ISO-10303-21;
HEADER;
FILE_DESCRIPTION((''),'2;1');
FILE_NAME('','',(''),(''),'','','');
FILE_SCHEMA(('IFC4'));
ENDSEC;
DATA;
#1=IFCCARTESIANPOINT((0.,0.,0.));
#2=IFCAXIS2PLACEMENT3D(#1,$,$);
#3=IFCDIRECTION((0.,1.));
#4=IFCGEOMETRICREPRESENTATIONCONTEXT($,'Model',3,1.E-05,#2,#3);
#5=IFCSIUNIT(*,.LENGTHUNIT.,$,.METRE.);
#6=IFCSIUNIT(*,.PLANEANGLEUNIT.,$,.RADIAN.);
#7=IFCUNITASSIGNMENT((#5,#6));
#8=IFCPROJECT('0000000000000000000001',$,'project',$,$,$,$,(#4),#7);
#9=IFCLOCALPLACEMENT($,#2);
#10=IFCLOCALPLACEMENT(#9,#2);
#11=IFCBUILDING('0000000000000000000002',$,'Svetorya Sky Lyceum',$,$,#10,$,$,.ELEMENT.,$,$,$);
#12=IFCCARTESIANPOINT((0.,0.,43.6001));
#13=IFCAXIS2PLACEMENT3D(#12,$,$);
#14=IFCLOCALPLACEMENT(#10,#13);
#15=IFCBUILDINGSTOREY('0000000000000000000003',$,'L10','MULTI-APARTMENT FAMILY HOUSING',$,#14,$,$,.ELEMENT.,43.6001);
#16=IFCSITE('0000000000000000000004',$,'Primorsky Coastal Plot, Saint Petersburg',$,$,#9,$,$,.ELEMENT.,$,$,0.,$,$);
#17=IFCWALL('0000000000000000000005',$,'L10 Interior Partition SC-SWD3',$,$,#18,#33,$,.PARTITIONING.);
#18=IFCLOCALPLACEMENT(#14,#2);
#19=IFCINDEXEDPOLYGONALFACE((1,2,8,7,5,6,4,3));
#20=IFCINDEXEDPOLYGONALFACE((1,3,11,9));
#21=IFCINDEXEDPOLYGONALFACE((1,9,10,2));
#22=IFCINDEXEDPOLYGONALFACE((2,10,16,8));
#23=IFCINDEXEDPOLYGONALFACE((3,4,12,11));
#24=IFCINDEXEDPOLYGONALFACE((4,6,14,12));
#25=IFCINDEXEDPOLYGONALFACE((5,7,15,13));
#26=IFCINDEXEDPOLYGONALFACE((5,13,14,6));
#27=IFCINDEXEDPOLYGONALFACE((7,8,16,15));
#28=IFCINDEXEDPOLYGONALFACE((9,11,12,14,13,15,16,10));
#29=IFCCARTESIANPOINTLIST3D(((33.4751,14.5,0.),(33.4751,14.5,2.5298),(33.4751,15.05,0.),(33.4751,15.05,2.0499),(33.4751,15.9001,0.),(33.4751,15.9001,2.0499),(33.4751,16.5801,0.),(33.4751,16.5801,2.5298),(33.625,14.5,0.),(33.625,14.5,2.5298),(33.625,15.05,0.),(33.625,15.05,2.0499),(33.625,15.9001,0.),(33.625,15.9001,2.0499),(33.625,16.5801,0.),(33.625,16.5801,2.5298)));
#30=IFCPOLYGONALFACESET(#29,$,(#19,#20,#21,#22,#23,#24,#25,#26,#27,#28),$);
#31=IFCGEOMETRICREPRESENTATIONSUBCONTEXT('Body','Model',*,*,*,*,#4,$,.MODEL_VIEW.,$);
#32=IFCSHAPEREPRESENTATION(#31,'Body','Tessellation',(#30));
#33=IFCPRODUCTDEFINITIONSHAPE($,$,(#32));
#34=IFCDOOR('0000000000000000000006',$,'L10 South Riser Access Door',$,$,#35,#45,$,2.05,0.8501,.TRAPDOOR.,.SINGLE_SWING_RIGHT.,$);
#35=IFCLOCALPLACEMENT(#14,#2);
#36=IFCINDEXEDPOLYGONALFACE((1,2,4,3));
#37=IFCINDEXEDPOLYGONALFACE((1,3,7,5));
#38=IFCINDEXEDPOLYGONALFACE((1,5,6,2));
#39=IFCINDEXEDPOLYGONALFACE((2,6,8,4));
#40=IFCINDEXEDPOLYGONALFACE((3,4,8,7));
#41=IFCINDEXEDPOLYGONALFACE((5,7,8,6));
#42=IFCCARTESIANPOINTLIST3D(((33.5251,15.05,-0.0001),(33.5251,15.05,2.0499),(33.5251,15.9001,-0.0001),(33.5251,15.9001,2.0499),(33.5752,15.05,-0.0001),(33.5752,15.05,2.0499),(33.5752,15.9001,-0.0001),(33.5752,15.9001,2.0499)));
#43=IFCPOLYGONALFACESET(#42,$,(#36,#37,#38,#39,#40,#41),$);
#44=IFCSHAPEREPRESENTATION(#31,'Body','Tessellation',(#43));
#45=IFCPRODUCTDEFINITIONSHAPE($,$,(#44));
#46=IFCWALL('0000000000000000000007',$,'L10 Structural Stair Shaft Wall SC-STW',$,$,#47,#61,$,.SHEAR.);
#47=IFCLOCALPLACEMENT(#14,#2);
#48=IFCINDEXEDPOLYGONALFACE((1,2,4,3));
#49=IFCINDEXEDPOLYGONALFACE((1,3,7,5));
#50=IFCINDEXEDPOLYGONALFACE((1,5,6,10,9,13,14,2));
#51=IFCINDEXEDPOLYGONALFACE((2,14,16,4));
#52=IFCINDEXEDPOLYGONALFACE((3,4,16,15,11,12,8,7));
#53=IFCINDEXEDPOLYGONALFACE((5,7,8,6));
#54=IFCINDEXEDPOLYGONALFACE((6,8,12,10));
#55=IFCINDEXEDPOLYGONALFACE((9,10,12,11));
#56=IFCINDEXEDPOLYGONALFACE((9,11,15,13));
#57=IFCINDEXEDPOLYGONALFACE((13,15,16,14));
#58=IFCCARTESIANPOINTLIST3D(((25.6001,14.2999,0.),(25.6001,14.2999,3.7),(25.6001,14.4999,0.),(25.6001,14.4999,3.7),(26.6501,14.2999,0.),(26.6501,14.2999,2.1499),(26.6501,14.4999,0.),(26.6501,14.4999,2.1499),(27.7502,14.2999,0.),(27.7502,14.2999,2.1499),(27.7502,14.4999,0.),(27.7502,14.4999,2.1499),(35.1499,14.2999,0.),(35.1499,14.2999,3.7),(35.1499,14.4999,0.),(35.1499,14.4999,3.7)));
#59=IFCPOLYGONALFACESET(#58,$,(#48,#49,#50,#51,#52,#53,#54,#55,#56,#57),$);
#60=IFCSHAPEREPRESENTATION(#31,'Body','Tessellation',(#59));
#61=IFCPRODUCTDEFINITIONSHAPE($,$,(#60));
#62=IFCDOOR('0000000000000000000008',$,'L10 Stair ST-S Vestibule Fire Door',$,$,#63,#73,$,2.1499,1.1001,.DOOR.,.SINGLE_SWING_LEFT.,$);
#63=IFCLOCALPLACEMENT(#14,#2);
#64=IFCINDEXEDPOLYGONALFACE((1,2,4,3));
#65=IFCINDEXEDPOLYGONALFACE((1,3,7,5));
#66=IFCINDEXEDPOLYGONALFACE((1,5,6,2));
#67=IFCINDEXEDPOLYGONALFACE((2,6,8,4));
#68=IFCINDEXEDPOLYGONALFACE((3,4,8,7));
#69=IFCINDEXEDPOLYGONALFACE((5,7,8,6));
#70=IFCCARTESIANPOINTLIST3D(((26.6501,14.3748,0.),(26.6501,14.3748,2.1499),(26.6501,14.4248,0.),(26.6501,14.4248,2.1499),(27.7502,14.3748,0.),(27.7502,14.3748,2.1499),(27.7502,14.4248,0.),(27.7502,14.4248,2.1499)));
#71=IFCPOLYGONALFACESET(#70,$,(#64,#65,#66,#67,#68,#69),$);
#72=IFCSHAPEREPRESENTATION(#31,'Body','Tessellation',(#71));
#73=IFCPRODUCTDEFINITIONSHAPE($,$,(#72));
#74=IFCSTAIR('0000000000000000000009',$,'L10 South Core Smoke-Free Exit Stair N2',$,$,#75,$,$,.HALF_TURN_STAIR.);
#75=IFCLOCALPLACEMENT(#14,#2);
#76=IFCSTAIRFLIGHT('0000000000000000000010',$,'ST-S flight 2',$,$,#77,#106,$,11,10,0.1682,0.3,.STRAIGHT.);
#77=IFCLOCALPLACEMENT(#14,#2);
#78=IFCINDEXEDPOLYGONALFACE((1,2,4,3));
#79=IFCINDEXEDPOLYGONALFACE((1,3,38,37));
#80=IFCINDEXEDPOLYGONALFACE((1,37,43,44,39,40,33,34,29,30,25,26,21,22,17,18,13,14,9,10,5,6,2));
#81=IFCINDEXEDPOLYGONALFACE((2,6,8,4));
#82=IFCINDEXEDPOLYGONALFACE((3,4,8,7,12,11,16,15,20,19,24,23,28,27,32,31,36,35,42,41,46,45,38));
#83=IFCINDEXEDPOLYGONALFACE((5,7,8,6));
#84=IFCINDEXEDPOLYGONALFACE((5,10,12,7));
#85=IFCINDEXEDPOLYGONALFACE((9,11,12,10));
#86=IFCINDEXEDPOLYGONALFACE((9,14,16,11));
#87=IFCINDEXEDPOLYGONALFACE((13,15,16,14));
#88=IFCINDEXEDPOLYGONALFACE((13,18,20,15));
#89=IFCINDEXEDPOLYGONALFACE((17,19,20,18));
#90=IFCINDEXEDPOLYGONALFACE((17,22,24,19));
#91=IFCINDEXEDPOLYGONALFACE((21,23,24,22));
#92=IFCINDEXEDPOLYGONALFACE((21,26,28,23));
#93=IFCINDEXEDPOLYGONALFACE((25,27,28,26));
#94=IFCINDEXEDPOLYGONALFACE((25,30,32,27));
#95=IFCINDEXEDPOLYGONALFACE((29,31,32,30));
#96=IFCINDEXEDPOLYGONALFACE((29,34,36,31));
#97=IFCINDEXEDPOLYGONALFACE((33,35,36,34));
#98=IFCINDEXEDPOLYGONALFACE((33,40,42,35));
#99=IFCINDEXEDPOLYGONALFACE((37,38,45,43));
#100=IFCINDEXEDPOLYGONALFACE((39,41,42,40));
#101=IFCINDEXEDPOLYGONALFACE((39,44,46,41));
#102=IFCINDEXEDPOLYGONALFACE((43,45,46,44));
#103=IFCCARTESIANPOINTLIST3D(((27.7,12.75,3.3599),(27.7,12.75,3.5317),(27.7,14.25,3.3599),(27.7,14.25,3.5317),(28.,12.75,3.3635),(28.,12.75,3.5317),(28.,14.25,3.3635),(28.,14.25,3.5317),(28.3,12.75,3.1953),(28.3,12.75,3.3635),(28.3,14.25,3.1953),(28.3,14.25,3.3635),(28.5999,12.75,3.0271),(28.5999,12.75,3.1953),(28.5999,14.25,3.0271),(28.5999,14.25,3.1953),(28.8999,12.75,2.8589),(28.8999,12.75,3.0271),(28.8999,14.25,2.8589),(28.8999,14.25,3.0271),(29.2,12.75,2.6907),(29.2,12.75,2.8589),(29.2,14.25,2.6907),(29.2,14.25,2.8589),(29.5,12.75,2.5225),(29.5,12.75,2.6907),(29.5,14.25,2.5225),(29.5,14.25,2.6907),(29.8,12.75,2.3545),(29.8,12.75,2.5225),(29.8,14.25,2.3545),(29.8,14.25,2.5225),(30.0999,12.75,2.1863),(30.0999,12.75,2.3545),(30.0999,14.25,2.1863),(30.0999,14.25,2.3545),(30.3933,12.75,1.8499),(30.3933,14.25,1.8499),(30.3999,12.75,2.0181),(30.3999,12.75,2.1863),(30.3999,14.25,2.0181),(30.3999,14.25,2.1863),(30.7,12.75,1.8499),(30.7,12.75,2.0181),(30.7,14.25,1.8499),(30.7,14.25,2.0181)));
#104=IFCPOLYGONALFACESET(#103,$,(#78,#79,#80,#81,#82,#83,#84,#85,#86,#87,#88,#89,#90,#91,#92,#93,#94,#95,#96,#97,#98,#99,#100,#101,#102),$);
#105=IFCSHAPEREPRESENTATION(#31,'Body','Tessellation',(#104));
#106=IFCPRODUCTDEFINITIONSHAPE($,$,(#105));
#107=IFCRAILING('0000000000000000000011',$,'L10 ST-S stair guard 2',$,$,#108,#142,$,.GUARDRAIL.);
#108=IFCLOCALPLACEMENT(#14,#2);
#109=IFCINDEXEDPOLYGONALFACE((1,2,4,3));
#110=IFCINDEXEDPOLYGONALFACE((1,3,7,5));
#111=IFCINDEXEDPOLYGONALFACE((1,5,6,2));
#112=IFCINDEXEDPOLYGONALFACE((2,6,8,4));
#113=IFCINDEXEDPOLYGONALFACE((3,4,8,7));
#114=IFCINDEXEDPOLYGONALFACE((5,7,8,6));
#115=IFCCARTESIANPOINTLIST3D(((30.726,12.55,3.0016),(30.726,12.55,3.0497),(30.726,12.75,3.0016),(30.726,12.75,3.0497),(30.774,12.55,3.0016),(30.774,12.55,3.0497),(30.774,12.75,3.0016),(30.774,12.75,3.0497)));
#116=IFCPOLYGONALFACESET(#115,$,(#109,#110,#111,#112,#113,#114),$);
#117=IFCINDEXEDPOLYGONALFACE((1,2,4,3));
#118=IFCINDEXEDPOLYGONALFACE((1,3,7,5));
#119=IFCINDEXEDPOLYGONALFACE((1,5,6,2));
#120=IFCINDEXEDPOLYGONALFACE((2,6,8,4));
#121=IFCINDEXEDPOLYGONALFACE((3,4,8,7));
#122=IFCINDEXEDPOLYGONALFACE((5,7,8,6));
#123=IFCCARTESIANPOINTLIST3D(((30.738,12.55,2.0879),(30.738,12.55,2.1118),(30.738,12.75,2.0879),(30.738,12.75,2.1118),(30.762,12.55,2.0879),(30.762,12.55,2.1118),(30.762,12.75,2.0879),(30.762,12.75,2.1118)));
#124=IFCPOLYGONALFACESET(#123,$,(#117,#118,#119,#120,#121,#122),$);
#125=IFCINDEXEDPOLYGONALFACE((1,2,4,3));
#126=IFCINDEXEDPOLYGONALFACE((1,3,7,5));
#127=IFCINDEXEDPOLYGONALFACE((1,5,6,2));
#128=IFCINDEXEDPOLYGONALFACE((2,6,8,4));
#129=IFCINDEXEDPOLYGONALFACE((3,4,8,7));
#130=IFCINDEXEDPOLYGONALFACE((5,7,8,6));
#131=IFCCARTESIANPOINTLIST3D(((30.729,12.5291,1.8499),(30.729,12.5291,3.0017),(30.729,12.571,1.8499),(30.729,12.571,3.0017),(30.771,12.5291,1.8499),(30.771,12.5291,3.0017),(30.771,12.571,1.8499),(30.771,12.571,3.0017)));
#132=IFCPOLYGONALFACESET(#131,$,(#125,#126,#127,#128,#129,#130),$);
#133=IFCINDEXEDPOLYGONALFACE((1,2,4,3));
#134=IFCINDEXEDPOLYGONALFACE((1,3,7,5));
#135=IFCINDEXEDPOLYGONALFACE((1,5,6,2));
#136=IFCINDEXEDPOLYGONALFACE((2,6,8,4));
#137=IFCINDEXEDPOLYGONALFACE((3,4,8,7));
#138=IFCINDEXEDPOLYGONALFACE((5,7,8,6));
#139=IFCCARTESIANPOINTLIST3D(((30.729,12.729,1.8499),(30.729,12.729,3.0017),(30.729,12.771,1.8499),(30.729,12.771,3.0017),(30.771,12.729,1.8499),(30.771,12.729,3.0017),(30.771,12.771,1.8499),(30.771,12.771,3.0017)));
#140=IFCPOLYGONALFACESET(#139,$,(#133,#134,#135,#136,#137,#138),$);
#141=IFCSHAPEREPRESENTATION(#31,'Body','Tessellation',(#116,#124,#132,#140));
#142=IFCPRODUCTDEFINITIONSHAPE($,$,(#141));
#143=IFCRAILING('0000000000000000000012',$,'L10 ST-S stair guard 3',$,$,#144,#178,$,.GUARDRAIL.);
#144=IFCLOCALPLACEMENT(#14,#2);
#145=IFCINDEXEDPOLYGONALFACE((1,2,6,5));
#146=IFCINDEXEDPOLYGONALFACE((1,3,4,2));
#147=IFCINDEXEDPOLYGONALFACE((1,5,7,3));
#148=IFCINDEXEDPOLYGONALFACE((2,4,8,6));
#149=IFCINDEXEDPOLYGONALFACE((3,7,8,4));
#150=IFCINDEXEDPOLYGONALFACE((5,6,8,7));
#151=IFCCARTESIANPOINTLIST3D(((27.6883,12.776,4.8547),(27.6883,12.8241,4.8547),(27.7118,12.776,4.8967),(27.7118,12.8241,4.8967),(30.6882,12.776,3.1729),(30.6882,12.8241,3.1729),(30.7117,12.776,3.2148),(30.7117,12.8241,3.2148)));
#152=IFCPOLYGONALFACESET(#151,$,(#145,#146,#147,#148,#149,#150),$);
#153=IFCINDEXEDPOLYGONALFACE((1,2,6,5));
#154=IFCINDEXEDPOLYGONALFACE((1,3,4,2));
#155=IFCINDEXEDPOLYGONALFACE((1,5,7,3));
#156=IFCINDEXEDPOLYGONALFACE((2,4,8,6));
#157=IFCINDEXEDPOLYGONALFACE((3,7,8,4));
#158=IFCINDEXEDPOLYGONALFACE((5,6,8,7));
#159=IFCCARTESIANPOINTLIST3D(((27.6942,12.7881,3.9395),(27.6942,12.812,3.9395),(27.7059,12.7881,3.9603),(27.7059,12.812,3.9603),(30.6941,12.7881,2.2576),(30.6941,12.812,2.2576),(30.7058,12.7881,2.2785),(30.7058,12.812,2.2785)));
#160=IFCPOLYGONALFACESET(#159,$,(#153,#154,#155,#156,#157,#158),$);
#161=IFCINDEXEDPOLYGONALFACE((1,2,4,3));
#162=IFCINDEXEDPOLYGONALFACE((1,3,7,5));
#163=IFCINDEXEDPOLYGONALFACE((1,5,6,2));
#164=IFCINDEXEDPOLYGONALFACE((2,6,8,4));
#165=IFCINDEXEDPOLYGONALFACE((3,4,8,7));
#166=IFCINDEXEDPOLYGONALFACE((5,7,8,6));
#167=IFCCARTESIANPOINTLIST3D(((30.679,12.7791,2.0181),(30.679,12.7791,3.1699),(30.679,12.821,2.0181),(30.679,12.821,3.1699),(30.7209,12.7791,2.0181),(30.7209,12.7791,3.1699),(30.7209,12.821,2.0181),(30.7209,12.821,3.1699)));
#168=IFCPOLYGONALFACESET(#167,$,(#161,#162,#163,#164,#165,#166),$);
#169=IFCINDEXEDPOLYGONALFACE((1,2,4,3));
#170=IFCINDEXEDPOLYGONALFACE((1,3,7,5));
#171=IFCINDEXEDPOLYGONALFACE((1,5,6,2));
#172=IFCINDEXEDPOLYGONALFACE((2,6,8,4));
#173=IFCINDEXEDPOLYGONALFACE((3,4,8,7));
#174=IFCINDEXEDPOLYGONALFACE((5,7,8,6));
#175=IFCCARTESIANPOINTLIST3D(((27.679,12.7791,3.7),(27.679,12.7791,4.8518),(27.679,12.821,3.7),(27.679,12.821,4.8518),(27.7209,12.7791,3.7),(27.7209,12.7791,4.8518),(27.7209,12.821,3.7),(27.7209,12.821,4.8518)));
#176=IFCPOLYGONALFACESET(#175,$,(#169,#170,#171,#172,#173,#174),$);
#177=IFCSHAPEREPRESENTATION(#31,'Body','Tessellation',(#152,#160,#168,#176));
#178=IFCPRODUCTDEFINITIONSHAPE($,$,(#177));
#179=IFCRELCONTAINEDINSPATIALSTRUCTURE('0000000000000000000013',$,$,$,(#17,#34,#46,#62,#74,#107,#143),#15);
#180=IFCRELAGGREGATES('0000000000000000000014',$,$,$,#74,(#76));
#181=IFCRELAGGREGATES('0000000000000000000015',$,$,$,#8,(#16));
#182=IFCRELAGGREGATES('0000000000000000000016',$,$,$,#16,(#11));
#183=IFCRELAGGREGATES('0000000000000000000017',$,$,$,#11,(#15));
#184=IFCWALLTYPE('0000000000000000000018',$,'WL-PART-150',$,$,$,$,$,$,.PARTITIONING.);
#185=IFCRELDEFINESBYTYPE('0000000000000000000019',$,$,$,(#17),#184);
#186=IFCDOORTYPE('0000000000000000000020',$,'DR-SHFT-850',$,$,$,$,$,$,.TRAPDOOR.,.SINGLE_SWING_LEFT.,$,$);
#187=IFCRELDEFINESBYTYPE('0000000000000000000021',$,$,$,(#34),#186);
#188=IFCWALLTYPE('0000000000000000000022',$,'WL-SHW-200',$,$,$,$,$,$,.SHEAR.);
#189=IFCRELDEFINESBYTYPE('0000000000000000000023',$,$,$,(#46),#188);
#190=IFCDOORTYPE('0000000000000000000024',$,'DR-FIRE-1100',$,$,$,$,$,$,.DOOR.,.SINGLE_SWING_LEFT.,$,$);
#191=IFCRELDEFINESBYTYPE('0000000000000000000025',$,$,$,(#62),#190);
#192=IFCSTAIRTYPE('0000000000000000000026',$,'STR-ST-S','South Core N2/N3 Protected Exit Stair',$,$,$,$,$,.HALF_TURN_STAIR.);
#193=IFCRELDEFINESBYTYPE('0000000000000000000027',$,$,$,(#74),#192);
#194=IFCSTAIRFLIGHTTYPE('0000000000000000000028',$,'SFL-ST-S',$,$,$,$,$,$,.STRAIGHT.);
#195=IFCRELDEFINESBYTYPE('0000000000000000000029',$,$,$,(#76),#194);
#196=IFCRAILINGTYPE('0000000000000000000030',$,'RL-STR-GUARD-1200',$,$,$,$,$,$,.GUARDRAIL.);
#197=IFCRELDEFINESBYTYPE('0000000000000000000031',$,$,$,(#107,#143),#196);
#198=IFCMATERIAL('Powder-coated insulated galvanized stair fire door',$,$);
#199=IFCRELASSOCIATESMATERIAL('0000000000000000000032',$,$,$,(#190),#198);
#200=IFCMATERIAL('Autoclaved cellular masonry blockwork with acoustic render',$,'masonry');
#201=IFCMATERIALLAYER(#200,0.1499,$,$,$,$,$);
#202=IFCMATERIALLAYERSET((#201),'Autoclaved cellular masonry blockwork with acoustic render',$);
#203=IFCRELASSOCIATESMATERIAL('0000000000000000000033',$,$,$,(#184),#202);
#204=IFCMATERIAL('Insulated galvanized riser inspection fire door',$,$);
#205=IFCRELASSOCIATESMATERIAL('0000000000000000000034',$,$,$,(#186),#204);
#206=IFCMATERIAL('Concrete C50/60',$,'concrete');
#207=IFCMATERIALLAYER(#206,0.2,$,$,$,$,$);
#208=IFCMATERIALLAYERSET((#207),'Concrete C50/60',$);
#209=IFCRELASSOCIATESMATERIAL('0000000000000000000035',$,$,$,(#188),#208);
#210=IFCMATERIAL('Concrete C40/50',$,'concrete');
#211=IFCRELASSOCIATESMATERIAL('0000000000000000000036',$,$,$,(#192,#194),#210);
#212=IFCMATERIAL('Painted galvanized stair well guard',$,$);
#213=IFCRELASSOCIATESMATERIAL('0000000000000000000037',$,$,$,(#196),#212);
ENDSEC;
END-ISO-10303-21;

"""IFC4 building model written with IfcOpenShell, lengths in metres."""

from ifc_helpers import new_model, si_unit, direction, frame, frame_2d, origin, origin_2d, place, context, subcontext, project, spatial, polyline, rectangle, outline, extrude, material, layer, layer_set, type_object, element, fill, aggregate, save


model = new_model("IFC4")

# Units and contexts
model_context = context("Model", 3, precision=1e-05, world=origin(), true_north=direction((0.0, 1.0)))
body_context = subcontext(model_context, "Body", "Model", "MODEL_VIEW")
ifc_project = project(units=[si_unit("LENGTHUNIT", "METRE"), si_unit("PLANEANGLEUNIT", "RADIAN")], contexts=[model_context])

# Site, building, storey
site_placement = place(None, origin())
site = spatial("IfcSite", under=ifc_project, at=site_placement, Name="Primorsky Coastal Plot, Saint Petersburg", CompositionType="ELEMENT", RefElevation=0.0)
building_placement = place(site_placement, origin())
building = spatial("IfcBuilding", under=site, at=building_placement, Name="Svetorya Sky Lyceum", CompositionType="ELEMENT")
storey_placement = place(building_placement, frame((0.0, 0.0, 43.6001)))
storey = spatial("IfcBuildingStorey", under=building, at=storey_placement, Name="L10", Description="MULTI-APARTMENT FAMILY HOUSING", CompositionType="ELEMENT", Elevation=43.6001)

# Shared definitions
ifc_material_1 = material(Name="Concrete C50/60", Category="concrete")

# Shared definitions
ifc_material_2 = material(Name="Powder-coated insulated galvanized stair fire door")
door_type_1 = type_object("IfcDoorType", Name="DR-FIRE-1100", OperationType="SINGLE_SWING_LEFT", PredefinedType="DOOR", material=ifc_material_2)

# Shared definitions
ifc_material_3 = material(Name="Autoclaved cellular masonry blockwork with acoustic render", Category="masonry")
ifc_layer_1 = layer(ifc_material_3, 0.1499)
ifc_layer_set_1 = layer_set([ifc_layer_1], Name="Autoclaved cellular masonry blockwork with acoustic render")
wall_type_1 = type_object("IfcWallType", Name="WL-PART-150", PredefinedType="PARTITIONING", material=ifc_layer_set_1)

# Walls, openings, doors
wall_1_placement = place(storey_placement, frame((33.55, 14.5, 0.0), z_axis=(0.0, 0.0, 1.0), x_axis=(0.0, 1.0, 0.0)))
wall_1 = element("IfcWall", 1, at=wall_1_placement, inside=storey, type_object=wall_type_1, Name="L10 Interior Partition SC-SWD3", PredefinedType="PARTITIONING", context=body_context, shape_type="SweptSolid", body=[
    extrude(rectangle(XDim=2.0801, YDim=0.1499, at=frame_2d((1.04, 0.0))), origin(), (0.0, 0.0, 1.0), 2.5298),
])
opening_1_placement = place(wall_1_placement, frame((0.55, 0.0, 0.0)))
opening_1 = element("IfcOpeningElement", 2, at=opening_1_placement, cuts=wall_1, PredefinedType="OPENING", context=body_context, shape_type="SweptSolid", body=[
    extrude(rectangle(XDim=0.8501, YDim=2.05, at=frame_2d((0.425, 1.0249))), frame((0.0, 0.085, 0.0), z_axis=(0.0, -1.0, 0.0), x_axis=(1.0, 0.0, 0.0)), (0.0, 0.0, 1.0), 0.1699),
])
ifc_material_4 = material(Name="Insulated galvanized riser inspection fire door")
door_type_2 = type_object("IfcDoorType", Name="DR-SHFT-850", OperationType="SINGLE_SWING_LEFT", PredefinedType="TRAPDOOR", material=ifc_material_4)
door_1_placement = place(opening_1_placement, origin())
door_1 = element("IfcDoor", 3, at=door_1_placement, inside=storey, type_object=door_type_2, Name="L10 South Riser Access Door", OperationType="SINGLE_SWING_RIGHT", OverallHeight=2.05, OverallWidth=0.8501, PredefinedType="TRAPDOOR", context=body_context, shape_type="SweptSolid", body=[
    extrude(rectangle(XDim=0.8501, YDim=2.05, at=frame_2d((0.425, 1.0249))), frame((0.0, 0.0249, 0.0), z_axis=(0.0, -1.0, 0.0), x_axis=(1.0, 0.0, 0.0)), (0.0, 0.0, 1.0), 0.05),
])
fill(opening_1, door_1)
ifc_layer_2 = layer(ifc_material_1, 0.2)
ifc_layer_set_2 = layer_set([ifc_layer_2], Name="Concrete C50/60")
wall_type_2 = type_object("IfcWallType", Name="WL-SHW-200", PredefinedType="SHEAR", material=ifc_layer_set_2)
wall_2_placement = place(storey_placement, frame((25.6001, 14.3999, 0.0), z_axis=(0.0, 0.0, 1.0), x_axis=(1.0, 0.0, 0.0)))
wall_2 = element("IfcWall", 4, at=wall_2_placement, inside=storey, type_object=wall_type_2, Name="L10 Structural Stair Shaft Wall SC-STW", PredefinedType="SHEAR", context=body_context, shape_type="SweptSolid", body=[
    extrude(rectangle(XDim=9.5498, YDim=0.2, at=frame_2d((4.7749, 0.0))), origin(), (0.0, 0.0, 1.0), 3.7),
])
opening_2_placement = place(wall_2_placement, frame((1.05, 0.0, 0.0)))
opening_2 = element("IfcOpeningElement", 5, at=opening_2_placement, cuts=wall_2, PredefinedType="OPENING", context=body_context, shape_type="SweptSolid", body=[
    extrude(rectangle(XDim=1.1001, YDim=2.1499, at=frame_2d((0.55, 1.075))), frame((0.0, 0.1099, 0.0), z_axis=(0.0, -1.0, 0.0), x_axis=(1.0, 0.0, 0.0)), (0.0, 0.0, 1.0), 0.22),
])
door_2_placement = place(opening_2_placement, origin())
door_2 = element("IfcDoor", 6, at=door_2_placement, inside=storey, type_object=door_type_1, Name="L10 Stair ST-S Vestibule Fire Door", OperationType="SINGLE_SWING_LEFT", OverallHeight=2.1499, OverallWidth=1.1001, PredefinedType="DOOR", context=body_context, shape_type="SweptSolid", body=[
    extrude(rectangle(XDim=1.1001, YDim=2.1499, at=frame_2d((0.55, 1.075))), frame((0.0, 0.0249, 0.0), z_axis=(0.0, -1.0, 0.0), x_axis=(1.0, 0.0, 0.0)), (0.0, 0.0, 1.0), 0.05),
])
fill(opening_2, door_2)

# Stair, stair flight
ifc_material_5 = material(Name="Concrete C40/50", Category="concrete")
stair_type = type_object("IfcStairType", Name="STR-ST-S", Description="South Core N2/N3 Protected Exit Stair", PredefinedType="HALF_TURN_STAIR", material=ifc_material_5)
stair_placement = place(storey_placement, origin())
stair = element("IfcStair", 7, at=stair_placement, inside=storey, type_object=stair_type, Name="L10 South Core Smoke-Free Exit Stair N2", PredefinedType="HALF_TURN_STAIR")
stair_flight_type = type_object("IfcStairFlightType", Name="SFL-ST-S", PredefinedType="STRAIGHT", material=ifc_material_5)
stair_flight_placement = place(storey_placement, frame((30.7, 13.5, 1.8499), z_axis=(0.0, 0.0, 1.0), x_axis=(-1.0, 0.0, 0.0)))
stair_flight = element("IfcStairFlight", 8, at=stair_flight_placement, type_object=stair_flight_type, Name="ST-S flight 2", NumberOfRisers=11, NumberOfTreads=10, PredefinedType="STRAIGHT", RiserHeight=0.1682, TreadLength=0.3, context=body_context, shape_type="SweptSolid", body=[
    extrude(outline(polyline([(0.0, 0.0), (0.0, 0.1682), (0.3, 0.1682), (0.3, 0.3364), (0.6001, 0.3364), (0.6001, 0.5046), (0.8999, 0.5046), (0.8999, 0.6726), (1.2, 0.6726), (1.2, 0.8408), (1.5, 0.8408), (1.5, 1.009), (1.8, 1.009), (1.8, 1.1772), (2.1001, 1.1772), (2.1001, 1.3455), (2.3999, 1.3455), (2.3999, 1.5137), (2.7, 1.5137), (2.7, 1.6819), (3.0, 1.6819), (3.0, 1.8501), (3.0, 1.51), (0.3066, 0.0), (0.0, 0.0)])), frame((0.0, 0.75, 0.0), z_axis=(0.0, -1.0, 0.0), x_axis=(1.0, 0.0, 0.0)), (0.0, 0.0, 1.0), 1.5),
])
aggregate(stair, [stair_flight])

# Railings
ifc_material_6 = material(Name="Painted galvanized stair well guard")
railing_type_1 = type_object("IfcRailingType", Name="RL-STR-GUARD-1200", PredefinedType="GUARDRAIL", material=ifc_material_6)
railing_1_placement = place(storey_placement, frame((30.75, 12.55, 1.8499)))
element("IfcRailing", 9, at=railing_1_placement, inside=storey, type_object=railing_type_1, Name="L10 ST-S stair guard 2", PredefinedType="GUARDRAIL", context=body_context, shape_type="SweptSolid", body=[
    extrude(rectangle(XDim=0.0481, YDim=0.0481, at=origin_2d()), frame((0.0, 0.0, 1.1758), z_axis=(0.0, 1.0, 0.0), x_axis=(-1.0, 0.0, 0.0)), (0.0, 0.0, 1.0), 0.2),
    extrude(rectangle(XDim=0.0239, YDim=0.0239, at=origin_2d()), frame((0.0, 0.0, 0.25), z_axis=(0.0, 1.0, 0.0), x_axis=(-1.0, 0.0, 0.0)), (0.0, 0.0, 1.0), 0.2),
    extrude(rectangle(XDim=0.042, YDim=0.042, at=origin_2d()), origin(), (0.0, 0.0, 1.0), 1.1519),
    extrude(rectangle(XDim=0.042, YDim=0.042, at=origin_2d()), frame((0.0, 0.2, 0.0)), (0.0, 0.0, 1.0), 1.1519),
])
railing_2_placement = place(storey_placement, frame((30.7, 12.8, 2.0181)))
element("IfcRailing", 10, at=railing_2_placement, inside=storey, type_object=railing_type_1, Name="L10 ST-S stair guard 3", PredefinedType="GUARDRAIL", context=body_context, shape_type="SweptSolid", body=[
    extrude(rectangle(XDim=0.0481, YDim=0.0481, at=origin_2d()), frame((0.0, 0.0, 1.1758), z_axis=(-0.872272, 0.0, 0.48902), x_axis=(0.0, -1.0, 0.0)), (0.0, 0.0, 1.0), 3.4392),
    extrude(rectangle(XDim=0.0239, YDim=0.0239, at=origin_2d()), frame((0.0, 0.0, 0.25), z_axis=(-0.872272, 0.0, 0.48902), x_axis=(0.0, -1.0, 0.0)), (0.0, 0.0, 1.0), 3.4392),
    extrude(rectangle(XDim=0.042, YDim=0.042, at=origin_2d()), origin(), (0.0, 0.0, 1.0), 1.1519),
    extrude(rectangle(XDim=0.042, YDim=0.042, at=origin_2d()), frame((-3.0, 0.0, 1.6819)), (0.0, 0.0, 1.0), 1.1519),
])

save(model, "model.ifc")
